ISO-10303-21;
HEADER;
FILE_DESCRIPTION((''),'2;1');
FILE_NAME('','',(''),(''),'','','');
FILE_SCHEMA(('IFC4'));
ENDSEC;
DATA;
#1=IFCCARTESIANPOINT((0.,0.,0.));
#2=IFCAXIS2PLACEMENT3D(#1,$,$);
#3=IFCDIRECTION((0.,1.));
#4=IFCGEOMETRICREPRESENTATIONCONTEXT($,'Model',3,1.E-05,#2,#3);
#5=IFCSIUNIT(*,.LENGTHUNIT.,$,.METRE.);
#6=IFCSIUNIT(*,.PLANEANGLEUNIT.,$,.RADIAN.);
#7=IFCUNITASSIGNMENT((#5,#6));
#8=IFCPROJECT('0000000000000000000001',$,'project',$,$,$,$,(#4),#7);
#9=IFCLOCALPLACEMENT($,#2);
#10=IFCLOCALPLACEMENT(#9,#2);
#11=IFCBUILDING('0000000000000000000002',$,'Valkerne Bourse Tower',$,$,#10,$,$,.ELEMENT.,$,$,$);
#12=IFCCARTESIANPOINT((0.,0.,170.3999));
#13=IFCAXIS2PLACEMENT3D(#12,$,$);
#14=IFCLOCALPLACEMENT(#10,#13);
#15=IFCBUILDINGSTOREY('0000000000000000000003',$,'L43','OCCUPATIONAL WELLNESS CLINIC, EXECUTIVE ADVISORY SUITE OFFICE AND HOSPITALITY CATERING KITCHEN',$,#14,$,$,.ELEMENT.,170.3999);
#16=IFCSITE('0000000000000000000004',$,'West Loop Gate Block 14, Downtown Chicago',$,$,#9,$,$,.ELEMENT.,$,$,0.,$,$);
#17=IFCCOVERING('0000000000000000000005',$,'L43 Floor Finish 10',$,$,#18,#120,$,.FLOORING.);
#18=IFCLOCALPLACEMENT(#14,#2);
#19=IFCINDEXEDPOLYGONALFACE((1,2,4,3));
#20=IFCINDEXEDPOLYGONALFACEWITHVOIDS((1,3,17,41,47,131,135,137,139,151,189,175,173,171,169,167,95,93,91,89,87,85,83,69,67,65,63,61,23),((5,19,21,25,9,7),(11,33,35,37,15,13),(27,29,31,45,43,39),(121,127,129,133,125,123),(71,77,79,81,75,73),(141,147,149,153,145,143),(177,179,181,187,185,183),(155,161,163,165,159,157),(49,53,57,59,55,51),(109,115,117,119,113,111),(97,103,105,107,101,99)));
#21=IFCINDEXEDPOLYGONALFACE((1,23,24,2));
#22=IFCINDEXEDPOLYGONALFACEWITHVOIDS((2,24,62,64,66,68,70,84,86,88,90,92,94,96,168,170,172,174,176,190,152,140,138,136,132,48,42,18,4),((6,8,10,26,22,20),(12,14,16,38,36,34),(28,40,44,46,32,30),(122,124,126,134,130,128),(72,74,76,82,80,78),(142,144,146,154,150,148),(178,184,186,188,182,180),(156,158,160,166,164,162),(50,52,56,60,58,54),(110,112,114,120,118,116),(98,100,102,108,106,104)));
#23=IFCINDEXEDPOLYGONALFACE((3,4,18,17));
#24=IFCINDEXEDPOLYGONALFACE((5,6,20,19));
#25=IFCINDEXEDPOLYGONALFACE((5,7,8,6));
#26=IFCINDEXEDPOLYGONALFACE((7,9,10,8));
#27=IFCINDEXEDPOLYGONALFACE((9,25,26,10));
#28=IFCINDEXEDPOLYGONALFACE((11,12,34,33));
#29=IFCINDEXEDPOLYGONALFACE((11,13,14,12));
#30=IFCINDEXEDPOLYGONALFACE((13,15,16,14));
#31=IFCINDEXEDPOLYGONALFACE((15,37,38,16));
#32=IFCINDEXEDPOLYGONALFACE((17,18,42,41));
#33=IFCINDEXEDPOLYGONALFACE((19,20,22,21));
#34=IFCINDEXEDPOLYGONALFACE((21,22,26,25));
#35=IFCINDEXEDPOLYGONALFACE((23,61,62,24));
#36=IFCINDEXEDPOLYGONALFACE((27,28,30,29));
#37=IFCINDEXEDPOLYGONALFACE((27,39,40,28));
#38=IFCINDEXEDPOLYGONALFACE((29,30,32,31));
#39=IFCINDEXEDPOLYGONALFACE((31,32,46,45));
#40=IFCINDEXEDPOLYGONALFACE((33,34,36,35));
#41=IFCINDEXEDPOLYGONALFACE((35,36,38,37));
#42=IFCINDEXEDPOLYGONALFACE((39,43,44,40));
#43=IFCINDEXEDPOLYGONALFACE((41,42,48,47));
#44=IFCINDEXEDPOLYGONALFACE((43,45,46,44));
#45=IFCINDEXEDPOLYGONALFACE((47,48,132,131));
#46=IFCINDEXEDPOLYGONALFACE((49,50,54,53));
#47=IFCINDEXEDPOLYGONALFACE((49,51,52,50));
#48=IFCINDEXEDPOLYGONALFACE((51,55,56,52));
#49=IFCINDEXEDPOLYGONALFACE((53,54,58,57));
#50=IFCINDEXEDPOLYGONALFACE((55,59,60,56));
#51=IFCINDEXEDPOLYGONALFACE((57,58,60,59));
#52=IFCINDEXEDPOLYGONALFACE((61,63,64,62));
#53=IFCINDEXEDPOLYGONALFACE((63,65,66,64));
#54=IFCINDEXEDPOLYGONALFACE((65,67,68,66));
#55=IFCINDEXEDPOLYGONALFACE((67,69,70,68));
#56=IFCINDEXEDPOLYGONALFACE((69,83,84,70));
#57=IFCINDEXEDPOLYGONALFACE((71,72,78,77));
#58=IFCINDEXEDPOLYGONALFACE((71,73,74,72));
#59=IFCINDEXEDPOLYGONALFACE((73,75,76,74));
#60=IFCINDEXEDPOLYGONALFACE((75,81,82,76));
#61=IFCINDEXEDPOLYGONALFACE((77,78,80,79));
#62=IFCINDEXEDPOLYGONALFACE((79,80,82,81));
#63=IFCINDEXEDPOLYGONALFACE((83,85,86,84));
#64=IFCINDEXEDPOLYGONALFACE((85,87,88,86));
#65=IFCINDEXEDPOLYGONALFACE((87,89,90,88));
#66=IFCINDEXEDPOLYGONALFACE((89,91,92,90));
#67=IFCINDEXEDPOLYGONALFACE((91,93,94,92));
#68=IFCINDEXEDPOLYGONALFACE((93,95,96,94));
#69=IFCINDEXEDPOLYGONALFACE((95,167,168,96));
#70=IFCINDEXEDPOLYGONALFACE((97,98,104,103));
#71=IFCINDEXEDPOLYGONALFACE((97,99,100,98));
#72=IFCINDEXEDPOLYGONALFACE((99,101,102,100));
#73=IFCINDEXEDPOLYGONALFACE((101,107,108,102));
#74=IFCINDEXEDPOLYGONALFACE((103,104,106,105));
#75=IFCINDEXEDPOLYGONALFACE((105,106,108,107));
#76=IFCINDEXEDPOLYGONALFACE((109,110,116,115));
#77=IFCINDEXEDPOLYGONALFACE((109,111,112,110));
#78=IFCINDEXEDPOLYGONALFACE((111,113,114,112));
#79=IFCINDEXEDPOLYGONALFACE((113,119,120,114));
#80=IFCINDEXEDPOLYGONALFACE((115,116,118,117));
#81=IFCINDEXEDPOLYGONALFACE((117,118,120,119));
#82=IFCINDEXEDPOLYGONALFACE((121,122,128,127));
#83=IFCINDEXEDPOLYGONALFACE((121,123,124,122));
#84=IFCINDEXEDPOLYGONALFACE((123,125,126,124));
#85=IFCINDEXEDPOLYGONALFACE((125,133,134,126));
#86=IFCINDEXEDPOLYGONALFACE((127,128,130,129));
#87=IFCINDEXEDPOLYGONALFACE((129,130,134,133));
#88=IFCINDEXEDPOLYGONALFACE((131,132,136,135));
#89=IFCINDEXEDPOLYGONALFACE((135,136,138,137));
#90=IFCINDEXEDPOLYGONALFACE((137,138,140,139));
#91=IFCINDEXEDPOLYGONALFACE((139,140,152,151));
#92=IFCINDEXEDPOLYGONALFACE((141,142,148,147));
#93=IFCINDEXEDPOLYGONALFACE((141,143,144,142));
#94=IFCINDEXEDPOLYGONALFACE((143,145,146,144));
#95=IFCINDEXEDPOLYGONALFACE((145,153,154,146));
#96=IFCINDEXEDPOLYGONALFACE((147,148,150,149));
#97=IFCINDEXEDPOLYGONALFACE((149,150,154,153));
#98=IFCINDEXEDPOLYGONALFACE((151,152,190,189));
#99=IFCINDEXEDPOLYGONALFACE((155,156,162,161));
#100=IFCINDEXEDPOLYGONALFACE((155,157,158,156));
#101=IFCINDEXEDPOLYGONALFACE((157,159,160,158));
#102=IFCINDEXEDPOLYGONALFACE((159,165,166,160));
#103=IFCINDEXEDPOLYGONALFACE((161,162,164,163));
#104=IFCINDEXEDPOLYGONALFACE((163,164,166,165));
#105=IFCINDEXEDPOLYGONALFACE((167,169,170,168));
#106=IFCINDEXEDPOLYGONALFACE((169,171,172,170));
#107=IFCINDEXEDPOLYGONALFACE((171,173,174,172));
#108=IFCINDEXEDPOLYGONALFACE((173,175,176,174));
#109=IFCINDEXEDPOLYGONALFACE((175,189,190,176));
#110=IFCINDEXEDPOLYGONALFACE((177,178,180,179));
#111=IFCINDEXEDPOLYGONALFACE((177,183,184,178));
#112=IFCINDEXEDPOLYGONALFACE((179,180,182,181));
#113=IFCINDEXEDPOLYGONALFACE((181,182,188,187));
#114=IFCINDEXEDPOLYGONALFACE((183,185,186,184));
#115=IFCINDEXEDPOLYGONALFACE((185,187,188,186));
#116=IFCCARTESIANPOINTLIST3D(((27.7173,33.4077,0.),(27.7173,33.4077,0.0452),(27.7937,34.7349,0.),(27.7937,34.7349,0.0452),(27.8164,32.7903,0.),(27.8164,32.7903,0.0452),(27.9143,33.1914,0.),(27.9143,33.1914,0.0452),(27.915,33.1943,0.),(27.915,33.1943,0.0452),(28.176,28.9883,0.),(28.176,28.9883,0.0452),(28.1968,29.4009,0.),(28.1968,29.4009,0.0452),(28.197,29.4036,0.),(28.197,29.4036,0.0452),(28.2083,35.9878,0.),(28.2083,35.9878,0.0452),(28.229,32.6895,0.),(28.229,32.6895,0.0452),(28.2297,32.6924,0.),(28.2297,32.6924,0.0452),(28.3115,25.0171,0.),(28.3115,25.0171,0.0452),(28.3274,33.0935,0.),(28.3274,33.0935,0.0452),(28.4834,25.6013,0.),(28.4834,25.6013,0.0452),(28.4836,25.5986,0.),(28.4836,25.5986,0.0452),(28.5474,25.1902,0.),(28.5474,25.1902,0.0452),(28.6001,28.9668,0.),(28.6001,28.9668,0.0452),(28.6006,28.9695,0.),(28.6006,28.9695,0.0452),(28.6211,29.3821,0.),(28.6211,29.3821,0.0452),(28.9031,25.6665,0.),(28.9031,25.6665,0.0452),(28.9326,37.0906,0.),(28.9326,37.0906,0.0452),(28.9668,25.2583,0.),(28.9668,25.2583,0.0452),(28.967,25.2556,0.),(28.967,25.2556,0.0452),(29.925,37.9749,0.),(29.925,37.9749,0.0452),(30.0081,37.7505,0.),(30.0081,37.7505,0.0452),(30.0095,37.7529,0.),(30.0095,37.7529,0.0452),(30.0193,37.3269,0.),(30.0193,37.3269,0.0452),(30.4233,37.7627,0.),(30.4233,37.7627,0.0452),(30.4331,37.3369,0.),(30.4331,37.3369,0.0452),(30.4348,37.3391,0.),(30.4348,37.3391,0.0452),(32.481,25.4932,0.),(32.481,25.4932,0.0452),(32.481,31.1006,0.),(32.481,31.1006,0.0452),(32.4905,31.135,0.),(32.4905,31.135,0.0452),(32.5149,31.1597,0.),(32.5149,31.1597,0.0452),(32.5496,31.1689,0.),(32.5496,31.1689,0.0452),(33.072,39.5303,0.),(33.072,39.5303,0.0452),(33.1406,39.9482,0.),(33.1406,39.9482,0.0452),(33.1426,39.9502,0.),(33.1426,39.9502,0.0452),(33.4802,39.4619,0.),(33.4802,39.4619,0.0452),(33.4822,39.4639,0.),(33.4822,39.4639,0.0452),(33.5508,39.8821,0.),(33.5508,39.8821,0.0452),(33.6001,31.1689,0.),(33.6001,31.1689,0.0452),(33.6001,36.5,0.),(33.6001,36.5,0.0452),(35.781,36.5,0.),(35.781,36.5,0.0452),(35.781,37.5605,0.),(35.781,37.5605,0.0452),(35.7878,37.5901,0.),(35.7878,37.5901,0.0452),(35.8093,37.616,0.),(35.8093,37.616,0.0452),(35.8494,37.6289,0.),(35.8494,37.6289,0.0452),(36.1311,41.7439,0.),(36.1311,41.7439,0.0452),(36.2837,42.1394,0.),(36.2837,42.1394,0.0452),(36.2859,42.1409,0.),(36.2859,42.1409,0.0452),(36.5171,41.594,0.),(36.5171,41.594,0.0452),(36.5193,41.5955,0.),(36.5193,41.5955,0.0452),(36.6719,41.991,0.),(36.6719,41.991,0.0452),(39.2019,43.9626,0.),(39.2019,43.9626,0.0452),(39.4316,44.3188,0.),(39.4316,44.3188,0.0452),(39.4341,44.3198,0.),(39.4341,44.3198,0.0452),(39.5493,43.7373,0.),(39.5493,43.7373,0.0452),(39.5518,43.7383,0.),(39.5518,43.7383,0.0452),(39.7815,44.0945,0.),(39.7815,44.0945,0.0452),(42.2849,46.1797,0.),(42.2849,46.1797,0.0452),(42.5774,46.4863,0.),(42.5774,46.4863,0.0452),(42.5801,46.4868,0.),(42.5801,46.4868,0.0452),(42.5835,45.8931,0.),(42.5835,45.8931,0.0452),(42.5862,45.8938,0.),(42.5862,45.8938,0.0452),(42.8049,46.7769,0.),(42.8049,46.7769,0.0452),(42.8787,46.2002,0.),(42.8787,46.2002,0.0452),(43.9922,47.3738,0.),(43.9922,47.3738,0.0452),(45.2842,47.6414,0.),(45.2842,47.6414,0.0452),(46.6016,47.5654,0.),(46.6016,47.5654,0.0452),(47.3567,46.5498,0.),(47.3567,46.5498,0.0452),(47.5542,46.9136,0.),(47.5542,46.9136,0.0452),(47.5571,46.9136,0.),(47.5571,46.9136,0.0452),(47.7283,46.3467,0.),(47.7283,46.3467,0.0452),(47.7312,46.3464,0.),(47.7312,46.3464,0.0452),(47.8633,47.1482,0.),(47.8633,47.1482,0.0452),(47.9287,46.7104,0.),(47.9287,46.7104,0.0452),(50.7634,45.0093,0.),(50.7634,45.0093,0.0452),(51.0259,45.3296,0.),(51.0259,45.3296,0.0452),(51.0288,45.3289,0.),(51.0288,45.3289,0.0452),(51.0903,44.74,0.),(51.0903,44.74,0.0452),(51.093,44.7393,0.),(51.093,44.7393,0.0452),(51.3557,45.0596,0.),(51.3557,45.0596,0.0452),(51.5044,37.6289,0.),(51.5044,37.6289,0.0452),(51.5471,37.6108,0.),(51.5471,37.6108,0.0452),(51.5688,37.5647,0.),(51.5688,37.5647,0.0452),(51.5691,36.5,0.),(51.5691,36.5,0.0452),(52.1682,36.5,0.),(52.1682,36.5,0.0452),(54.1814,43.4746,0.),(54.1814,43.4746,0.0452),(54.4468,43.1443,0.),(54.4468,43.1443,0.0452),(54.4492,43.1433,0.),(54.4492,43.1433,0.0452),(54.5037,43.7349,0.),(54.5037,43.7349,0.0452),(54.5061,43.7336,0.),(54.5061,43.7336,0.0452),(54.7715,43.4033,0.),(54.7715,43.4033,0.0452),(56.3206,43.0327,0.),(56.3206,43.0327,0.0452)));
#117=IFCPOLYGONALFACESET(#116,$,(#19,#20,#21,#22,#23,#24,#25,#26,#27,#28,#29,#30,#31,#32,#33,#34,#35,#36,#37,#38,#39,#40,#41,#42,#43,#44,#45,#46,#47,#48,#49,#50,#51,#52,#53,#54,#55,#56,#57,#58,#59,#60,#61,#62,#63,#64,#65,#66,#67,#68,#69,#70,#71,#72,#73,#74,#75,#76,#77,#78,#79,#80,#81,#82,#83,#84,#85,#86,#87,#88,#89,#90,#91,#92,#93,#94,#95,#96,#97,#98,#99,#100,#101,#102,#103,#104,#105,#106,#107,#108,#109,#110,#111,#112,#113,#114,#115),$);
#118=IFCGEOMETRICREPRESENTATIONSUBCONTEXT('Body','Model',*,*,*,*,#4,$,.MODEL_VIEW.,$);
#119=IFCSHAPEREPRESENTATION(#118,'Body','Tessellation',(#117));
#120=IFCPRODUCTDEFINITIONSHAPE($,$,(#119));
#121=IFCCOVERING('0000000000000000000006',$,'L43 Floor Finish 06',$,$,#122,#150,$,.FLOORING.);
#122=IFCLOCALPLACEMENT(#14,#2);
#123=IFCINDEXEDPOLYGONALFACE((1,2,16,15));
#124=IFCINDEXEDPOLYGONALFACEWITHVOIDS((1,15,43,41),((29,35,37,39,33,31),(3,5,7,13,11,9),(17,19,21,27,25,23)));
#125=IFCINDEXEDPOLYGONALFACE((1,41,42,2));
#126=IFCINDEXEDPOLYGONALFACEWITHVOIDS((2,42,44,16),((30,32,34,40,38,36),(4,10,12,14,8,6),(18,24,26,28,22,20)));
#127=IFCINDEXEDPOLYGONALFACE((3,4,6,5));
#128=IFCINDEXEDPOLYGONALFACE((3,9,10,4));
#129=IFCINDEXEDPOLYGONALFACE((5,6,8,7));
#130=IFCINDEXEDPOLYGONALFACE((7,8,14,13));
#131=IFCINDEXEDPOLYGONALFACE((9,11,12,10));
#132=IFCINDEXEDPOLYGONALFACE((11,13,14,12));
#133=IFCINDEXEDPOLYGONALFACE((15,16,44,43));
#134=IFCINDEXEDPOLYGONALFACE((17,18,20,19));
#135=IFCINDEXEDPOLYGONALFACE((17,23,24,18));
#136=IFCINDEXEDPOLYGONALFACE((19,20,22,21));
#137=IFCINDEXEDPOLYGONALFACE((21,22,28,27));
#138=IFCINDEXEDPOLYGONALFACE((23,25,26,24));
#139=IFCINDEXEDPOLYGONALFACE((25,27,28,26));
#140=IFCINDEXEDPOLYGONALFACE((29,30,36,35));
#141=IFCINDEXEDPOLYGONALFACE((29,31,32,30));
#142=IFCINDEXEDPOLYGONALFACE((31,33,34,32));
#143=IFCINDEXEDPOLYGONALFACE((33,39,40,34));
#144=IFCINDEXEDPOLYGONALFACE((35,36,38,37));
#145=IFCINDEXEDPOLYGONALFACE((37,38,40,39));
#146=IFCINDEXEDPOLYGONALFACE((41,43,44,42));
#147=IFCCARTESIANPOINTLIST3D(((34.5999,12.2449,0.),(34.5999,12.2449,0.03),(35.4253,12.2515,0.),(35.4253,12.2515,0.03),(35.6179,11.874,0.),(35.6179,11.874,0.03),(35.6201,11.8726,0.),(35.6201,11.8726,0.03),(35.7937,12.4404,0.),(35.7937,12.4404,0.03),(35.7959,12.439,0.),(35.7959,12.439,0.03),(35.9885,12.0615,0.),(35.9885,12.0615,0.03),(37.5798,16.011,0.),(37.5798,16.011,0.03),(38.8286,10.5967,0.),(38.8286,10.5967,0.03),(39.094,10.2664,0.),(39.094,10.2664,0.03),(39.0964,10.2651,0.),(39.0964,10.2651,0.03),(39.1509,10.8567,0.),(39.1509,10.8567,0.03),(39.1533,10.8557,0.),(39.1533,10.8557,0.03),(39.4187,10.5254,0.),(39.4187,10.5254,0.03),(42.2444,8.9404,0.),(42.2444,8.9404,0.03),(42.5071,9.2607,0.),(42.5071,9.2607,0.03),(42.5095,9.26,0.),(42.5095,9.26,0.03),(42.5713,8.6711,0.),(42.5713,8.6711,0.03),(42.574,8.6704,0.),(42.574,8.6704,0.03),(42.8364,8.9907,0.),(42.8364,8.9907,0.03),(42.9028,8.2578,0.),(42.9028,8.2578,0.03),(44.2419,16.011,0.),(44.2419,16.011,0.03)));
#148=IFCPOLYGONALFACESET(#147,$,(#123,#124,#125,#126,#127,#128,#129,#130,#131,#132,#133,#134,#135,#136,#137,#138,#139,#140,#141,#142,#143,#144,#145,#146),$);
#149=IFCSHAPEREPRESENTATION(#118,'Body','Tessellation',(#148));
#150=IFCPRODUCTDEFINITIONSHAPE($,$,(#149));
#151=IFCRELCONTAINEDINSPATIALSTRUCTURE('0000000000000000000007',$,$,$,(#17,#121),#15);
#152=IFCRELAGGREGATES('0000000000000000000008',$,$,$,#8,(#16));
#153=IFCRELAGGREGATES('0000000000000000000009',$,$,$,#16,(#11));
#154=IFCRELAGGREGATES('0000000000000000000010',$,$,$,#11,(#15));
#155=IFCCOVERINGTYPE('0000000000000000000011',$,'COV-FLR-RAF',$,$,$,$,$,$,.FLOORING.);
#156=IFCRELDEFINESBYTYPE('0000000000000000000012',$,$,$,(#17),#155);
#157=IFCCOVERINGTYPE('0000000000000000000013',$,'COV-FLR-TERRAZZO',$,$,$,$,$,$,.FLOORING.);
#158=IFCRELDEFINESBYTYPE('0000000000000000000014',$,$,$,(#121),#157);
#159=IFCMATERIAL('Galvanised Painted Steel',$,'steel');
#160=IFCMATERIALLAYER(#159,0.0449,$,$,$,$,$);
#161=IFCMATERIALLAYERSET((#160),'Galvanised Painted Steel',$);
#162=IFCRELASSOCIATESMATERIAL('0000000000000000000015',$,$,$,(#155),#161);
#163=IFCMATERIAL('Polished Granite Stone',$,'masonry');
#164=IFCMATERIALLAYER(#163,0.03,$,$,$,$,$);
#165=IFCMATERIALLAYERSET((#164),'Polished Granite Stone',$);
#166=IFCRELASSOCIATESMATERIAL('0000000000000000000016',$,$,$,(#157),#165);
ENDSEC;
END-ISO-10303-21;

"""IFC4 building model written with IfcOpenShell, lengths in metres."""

from ifc_helpers import new_model, si_unit, direction, frame, origin, place, context, subcontext, project, spatial, polyline, outline, extrude, material, layer, layer_set, type_object, element, save


model = new_model("IFC4")

# Units and contexts
model_context = context("Model", 3, precision=1e-05, world=origin(), true_north=direction((0.0, 1.0)))
body_context = subcontext(model_context, "Body", "Model", "MODEL_VIEW")
ifc_project = project(units=[si_unit("LENGTHUNIT", "METRE"), si_unit("PLANEANGLEUNIT", "RADIAN")], contexts=[model_context])

# Site, building, storey
site_placement = place(None, origin())
site = spatial("IfcSite", under=ifc_project, at=site_placement, Name="West Loop Gate Block 14, Downtown Chicago", CompositionType="ELEMENT", RefElevation=0.0)
building_placement = place(site_placement, origin())
building = spatial("IfcBuilding", under=site, at=building_placement, Name="Valkerne Bourse Tower", CompositionType="ELEMENT")
storey_placement = place(building_placement, frame((0.0, 0.0, 170.3999)))
storey = spatial("IfcBuildingStorey", under=building, at=storey_placement, Name="L43", Description="OCCUPATIONAL WELLNESS CLINIC, EXECUTIVE ADVISORY SUITE OFFICE AND HOSPITALITY CATERING KITCHEN", CompositionType="ELEMENT", Elevation=170.3999)

# Coverings
ifc_material_1 = material(Name="Galvanised Painted Steel", Category="steel")
ifc_layer_1 = layer(ifc_material_1, 0.0449)
ifc_layer_set_1 = layer_set([ifc_layer_1], Name="Galvanised Painted Steel")
covering_type_1 = type_object("IfcCoveringType", Name="COV-FLR-RAF", PredefinedType="FLOORING", material=ifc_layer_set_1)
covering_1_placement = place(storey_placement, origin())
element("IfcCovering", 1, at=covering_1_placement, inside=storey, type_object=covering_type_1, Name="L43 Floor Finish 10", PredefinedType="FLOORING", context=body_context, shape_type="SweptSolid", body=[
    extrude(outline(polyline([(28.2083, 35.9878), (28.9326, 37.0906), (29.925, 37.9749), (42.8049, 46.7769), (43.9922, 47.3738), (45.2842, 47.6414), (46.6016, 47.5654), (47.8633, 47.1482), (56.3206, 43.0327), (52.1682, 36.5), (51.5691, 36.5), (51.5688, 37.5647), (51.5471, 37.6108), (51.5044, 37.6289), (35.8494, 37.6289), (35.8093, 37.616), (35.7878, 37.5901), (35.781, 37.5605), (35.781, 36.5), (33.6001, 36.5), (33.6001, 31.1689), (32.5496, 31.1689), (32.5149, 31.1597), (32.4905, 31.135), (32.481, 31.1006), (32.481, 25.4932), (28.3115, 25.0171), (27.7173, 33.4077), (27.7937, 34.7349), (28.2083, 35.9878)]), holes=[polyline([(28.9668, 25.2583), (28.9031, 25.6665), (28.4834, 25.6013), (28.4836, 25.5986), (28.5474, 25.1902), (28.967, 25.2556), (28.9668, 25.2583)]), polyline([(28.6211, 29.3821), (28.197, 29.4036), (28.1968, 29.4009), (28.176, 28.9883), (28.6001, 28.9668), (28.6006, 28.9695), (28.6211, 29.3821)]), polyline([(28.3274, 33.0935), (27.915, 33.1943), (27.9143, 33.1914), (27.8164, 32.7903), (28.229, 32.6895), (28.2297, 32.6924), (28.3274, 33.0935)]), polyline([(30.4348, 37.3391), (30.4233, 37.7627), (30.0095, 37.7529), (30.0081, 37.7505), (30.0193, 37.3269), (30.4331, 37.3369), (30.4348, 37.3391)]), polyline([(33.5508, 39.8821), (33.1426, 39.9502), (33.1406, 39.9482), (33.072, 39.5303), (33.4802, 39.4619), (33.4822, 39.4639), (33.5508, 39.8821)]), polyline([(36.5193, 41.5955), (36.6719, 41.991), (36.2859, 42.1409), (36.2837, 42.1394), (36.1311, 41.7439), (36.5171, 41.594), (36.5193, 41.5955)]), polyline([(54.7715, 43.4033), (54.5061, 43.7336), (54.5037, 43.7349), (54.1814, 43.4746), (54.4468, 43.1443), (54.4492, 43.1433), (54.7715, 43.4033)]), polyline([(39.5518, 43.7383), (39.7815, 44.0945), (39.4341, 44.3198), (39.4316, 44.3188), (39.2019, 43.9626), (39.5493, 43.7373), (39.5518, 43.7383)]), polyline([(51.0288, 45.3289), (51.0259, 45.3296), (50.7634, 45.0093), (51.0903, 44.74), (51.093, 44.7393), (51.3557, 45.0596), (51.0288, 45.3289)]), polyline([(42.8787, 46.2002), (42.5801, 46.4868), (42.5774, 46.4863), (42.2849, 46.1797), (42.5835, 45.8931), (42.5862, 45.8938), (42.8787, 46.2002)]), polyline([(47.5571, 46.9136), (47.5542, 46.9136), (47.3567, 46.5498), (47.7283, 46.3467), (47.7312, 46.3464), (47.9287, 46.7104), (47.5571, 46.9136)])]), origin(), (0.0, 0.0, 1.0), 0.0452),
])
ifc_material_2 = material(Name="Polished Granite Stone", Category="masonry")
ifc_layer_2 = layer(ifc_material_2, 0.03)
ifc_layer_set_2 = layer_set([ifc_layer_2], Name="Polished Granite Stone")
covering_type_2 = type_object("IfcCoveringType", Name="COV-FLR-TERRAZZO", PredefinedType="FLOORING", material=ifc_layer_set_2)
covering_2_placement = place(storey_placement, origin())
element("IfcCovering", 2, at=covering_2_placement, inside=storey, type_object=covering_type_2, Name="L43 Floor Finish 06", PredefinedType="FLOORING", context=body_context, shape_type="SweptSolid", body=[
    extrude(outline(polyline([(44.2419, 16.011), (42.9028, 8.2578), (34.5999, 12.2449), (37.5798, 16.011), (44.2419, 16.011)]), holes=[polyline([(35.7959, 12.439), (35.7937, 12.4404), (35.4253, 12.2515), (35.6179, 11.874), (35.6201, 11.8726), (35.9885, 12.0615), (35.7959, 12.439)]), polyline([(42.5095, 9.26), (42.5071, 9.2607), (42.2444, 8.9404), (42.5713, 8.6711), (42.574, 8.6704), (42.8364, 8.9907), (42.5095, 9.26)]), polyline([(39.4187, 10.5254), (39.1533, 10.8557), (39.1509, 10.8567), (38.8286, 10.5967), (39.094, 10.2664), (39.0964, 10.2651), (39.4187, 10.5254)])]), origin(), (0.0, 0.0, 1.0), 0.03),
])

save(model, "model.ifc")
